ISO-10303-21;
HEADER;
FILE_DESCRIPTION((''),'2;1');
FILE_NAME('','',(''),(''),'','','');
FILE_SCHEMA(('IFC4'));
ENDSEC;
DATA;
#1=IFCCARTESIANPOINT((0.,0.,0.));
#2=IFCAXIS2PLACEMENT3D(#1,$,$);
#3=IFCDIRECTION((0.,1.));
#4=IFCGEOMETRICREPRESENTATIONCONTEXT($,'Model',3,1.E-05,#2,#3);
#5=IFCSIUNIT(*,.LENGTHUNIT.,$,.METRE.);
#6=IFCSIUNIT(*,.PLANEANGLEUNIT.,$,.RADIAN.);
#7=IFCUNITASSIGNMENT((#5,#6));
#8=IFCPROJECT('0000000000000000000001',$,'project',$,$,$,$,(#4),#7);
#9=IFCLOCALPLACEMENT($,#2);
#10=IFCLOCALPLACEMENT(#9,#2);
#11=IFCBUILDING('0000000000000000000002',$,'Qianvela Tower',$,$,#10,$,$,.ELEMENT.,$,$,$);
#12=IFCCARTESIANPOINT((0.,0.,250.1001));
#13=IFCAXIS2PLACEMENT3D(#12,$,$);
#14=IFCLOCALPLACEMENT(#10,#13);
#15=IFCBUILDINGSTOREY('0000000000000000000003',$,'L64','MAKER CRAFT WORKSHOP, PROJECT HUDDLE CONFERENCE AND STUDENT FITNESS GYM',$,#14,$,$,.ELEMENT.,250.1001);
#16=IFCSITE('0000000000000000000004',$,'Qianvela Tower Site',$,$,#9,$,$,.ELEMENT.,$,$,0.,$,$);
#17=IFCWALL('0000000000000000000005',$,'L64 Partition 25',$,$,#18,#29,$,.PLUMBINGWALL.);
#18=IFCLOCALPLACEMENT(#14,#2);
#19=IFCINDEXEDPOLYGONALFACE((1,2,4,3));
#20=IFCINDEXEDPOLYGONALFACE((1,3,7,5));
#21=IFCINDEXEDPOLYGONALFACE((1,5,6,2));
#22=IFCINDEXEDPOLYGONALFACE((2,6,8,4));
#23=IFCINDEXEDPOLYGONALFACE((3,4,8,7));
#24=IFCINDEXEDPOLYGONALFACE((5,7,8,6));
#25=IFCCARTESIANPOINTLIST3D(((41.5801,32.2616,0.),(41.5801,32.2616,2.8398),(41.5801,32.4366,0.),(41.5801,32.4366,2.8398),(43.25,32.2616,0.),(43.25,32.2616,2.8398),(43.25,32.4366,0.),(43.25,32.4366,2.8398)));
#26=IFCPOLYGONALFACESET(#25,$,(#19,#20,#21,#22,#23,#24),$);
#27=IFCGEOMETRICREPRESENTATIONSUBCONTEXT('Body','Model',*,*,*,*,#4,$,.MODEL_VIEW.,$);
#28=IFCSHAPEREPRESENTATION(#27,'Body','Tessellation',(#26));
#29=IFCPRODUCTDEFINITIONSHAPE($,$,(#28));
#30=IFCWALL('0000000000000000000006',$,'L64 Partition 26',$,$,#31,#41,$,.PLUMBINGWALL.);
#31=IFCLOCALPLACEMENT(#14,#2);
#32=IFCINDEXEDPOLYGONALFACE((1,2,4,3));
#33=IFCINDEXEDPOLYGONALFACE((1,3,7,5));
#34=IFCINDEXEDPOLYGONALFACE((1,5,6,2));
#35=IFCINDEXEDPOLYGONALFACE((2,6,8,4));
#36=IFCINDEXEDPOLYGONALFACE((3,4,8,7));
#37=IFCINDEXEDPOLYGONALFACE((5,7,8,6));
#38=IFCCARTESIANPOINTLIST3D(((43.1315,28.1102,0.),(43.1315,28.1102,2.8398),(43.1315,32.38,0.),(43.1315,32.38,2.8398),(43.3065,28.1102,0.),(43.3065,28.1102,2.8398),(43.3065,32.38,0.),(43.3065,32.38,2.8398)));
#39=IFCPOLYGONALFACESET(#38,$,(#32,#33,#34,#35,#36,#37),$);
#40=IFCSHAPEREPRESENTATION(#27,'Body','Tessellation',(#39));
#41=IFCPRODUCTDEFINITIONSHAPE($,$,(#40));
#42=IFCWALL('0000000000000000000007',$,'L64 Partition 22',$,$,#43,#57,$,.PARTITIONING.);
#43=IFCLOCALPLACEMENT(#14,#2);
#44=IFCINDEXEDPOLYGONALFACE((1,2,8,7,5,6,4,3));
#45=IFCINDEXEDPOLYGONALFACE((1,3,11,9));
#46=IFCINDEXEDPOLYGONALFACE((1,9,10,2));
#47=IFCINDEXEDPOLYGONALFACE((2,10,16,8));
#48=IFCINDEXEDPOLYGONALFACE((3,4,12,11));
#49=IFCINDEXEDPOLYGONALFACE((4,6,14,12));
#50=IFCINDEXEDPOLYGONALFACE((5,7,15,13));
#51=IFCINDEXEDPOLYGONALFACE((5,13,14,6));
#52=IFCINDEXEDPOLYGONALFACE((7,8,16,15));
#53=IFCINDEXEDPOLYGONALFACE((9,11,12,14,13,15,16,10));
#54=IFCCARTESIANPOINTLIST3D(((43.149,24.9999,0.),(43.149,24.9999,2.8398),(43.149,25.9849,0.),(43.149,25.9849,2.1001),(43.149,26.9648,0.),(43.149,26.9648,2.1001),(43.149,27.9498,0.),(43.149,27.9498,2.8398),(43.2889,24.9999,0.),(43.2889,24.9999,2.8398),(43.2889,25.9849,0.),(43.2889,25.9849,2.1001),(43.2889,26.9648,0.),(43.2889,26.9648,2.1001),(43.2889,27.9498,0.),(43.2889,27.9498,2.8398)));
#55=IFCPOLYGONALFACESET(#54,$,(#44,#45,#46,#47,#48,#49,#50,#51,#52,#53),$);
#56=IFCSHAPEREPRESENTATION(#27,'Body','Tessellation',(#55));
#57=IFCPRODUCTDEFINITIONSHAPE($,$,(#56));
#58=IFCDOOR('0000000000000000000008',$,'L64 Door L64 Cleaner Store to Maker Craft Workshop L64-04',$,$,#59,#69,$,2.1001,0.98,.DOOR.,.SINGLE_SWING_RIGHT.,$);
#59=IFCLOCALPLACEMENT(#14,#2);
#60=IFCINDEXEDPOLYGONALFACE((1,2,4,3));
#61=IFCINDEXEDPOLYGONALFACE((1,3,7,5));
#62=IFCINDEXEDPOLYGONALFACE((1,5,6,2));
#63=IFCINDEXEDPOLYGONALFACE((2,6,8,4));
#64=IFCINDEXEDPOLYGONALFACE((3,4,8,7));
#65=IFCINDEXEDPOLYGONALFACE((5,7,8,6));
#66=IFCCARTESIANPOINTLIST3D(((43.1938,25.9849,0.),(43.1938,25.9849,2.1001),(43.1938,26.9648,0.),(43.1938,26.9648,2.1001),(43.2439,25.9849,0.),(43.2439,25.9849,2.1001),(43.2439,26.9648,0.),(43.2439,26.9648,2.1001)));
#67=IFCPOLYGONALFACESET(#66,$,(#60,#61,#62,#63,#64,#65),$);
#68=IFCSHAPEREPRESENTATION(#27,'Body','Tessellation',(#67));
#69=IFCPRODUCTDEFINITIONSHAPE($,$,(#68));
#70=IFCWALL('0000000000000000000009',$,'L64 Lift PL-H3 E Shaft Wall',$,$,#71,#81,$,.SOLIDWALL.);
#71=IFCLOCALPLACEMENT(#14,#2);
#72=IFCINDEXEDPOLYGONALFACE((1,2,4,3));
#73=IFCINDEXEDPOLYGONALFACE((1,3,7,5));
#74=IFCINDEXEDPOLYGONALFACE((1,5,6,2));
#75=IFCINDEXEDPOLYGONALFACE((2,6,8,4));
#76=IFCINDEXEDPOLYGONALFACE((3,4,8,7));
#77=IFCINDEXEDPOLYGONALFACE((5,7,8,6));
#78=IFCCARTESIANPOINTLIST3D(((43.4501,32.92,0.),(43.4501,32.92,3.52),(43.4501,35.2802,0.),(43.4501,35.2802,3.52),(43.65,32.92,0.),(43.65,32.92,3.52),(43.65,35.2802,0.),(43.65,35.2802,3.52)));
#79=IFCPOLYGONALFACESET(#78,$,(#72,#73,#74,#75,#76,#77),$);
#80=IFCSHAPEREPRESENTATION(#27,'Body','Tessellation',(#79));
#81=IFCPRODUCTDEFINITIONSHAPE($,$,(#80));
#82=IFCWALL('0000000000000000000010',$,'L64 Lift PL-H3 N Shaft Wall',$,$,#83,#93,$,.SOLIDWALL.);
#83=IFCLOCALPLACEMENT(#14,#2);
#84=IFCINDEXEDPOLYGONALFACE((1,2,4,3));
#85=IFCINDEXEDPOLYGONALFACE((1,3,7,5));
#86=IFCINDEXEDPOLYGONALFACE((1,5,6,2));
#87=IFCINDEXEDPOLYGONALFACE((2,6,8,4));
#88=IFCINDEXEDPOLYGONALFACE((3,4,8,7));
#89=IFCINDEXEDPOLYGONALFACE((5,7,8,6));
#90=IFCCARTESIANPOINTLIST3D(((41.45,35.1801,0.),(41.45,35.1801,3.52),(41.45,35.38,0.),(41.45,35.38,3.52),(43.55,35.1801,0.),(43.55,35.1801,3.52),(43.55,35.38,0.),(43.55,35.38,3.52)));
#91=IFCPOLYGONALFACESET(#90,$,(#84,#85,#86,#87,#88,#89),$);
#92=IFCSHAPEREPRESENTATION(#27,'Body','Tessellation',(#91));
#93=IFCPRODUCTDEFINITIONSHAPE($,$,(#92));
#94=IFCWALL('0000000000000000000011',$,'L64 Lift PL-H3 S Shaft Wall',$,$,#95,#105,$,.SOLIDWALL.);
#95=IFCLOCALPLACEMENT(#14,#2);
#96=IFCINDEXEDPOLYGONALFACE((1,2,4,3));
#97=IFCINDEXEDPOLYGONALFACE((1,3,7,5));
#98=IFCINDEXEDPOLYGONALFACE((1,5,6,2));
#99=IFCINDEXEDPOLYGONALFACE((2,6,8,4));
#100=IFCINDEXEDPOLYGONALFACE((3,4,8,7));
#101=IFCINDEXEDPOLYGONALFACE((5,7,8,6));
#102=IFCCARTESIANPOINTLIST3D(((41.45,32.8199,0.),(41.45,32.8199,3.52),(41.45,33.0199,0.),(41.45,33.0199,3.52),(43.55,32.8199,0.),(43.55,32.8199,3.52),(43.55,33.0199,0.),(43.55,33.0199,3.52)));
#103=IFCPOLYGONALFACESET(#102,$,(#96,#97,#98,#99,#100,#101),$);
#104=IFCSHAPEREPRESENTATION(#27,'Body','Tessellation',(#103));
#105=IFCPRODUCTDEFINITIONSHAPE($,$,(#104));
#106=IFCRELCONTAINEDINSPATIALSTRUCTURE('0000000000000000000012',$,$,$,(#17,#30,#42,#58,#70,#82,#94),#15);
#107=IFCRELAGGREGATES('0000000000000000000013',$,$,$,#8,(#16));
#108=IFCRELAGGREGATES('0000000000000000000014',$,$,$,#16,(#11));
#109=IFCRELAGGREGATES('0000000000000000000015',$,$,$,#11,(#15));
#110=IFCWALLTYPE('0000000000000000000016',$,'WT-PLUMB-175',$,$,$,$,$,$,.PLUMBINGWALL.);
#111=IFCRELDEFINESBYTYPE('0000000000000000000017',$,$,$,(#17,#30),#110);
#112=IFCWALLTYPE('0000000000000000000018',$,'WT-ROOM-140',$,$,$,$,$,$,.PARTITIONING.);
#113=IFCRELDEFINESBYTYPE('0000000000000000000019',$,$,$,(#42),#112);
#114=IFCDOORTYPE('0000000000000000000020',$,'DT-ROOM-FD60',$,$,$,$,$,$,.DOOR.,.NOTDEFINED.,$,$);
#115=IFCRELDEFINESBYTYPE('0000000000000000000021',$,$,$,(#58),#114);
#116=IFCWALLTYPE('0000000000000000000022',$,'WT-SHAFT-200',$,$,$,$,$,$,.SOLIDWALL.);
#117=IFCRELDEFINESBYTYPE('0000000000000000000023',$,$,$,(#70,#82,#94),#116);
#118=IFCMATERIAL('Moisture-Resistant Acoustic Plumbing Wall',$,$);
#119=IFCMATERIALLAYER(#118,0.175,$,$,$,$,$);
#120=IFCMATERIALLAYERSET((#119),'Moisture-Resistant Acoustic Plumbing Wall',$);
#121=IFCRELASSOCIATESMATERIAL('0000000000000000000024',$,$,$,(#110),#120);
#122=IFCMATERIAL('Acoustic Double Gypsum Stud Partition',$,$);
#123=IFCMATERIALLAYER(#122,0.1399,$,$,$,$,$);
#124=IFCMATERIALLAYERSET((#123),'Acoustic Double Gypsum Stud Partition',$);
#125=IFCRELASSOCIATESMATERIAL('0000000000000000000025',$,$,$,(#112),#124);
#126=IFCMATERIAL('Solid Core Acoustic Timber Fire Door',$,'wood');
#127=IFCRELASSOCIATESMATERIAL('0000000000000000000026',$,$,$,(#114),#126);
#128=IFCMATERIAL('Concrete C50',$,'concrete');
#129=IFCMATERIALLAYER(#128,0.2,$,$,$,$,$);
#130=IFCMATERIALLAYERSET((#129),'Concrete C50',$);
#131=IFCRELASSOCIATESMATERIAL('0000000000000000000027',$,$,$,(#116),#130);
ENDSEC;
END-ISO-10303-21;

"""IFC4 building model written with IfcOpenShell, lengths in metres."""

from ifc_helpers import new_model, si_unit, direction, frame, frame_2d, origin, place, context, subcontext, project, spatial, rectangle, extrude, material, layer, layer_set, type_object, element, fill, save


model = new_model("IFC4")

# Units and contexts
model_context = context("Model", 3, precision=1e-05, world=origin(), true_north=direction((0.0, 1.0)))
body_context = subcontext(model_context, "Body", "Model", "MODEL_VIEW")
ifc_project = project(units=[si_unit("LENGTHUNIT", "METRE"), si_unit("PLANEANGLEUNIT", "RADIAN")], contexts=[model_context])

# Site, building, storey
site_placement = place(None, origin())
site = spatial("IfcSite", under=ifc_project, at=site_placement, Name="Qianvela Tower Site", CompositionType="ELEMENT", RefElevation=0.0)
building_placement = place(site_placement, origin())
building = spatial("IfcBuilding", under=site, at=building_placement, Name="Qianvela Tower", CompositionType="ELEMENT")
storey_placement = place(building_placement, frame((0.0, 0.0, 250.1001)))
storey = spatial("IfcBuildingStorey", under=building, at=storey_placement, Name="L64", Description="MAKER CRAFT WORKSHOP, PROJECT HUDDLE CONFERENCE AND STUDENT FITNESS GYM", CompositionType="ELEMENT", Elevation=250.1001)

# Walls
ifc_material_1 = material(Name="Moisture-Resistant Acoustic Plumbing Wall")
ifc_layer_1 = layer(ifc_material_1, 0.175)
ifc_layer_set_1 = layer_set([ifc_layer_1], Name="Moisture-Resistant Acoustic Plumbing Wall")
wall_type_1 = type_object("IfcWallType", Name="WT-PLUMB-175", PredefinedType="PLUMBINGWALL", material=ifc_layer_set_1)
wall_1_placement = place(storey_placement, frame((41.5801, 32.3491, 0.0), z_axis=(0.0, 0.0, 1.0), x_axis=(1.0, 0.0, 0.0)))
element("IfcWall", 1, at=wall_1_placement, inside=storey, type_object=wall_type_1, Name="L64 Partition 25", PredefinedType="PLUMBINGWALL", context=body_context, shape_type="SweptSolid", body=[
    extrude(rectangle(XDim=1.6699, YDim=0.175, at=frame_2d((0.835, 0.0))), origin(), (0.0, 0.0, 1.0), 2.8398),
])
wall_2_placement = place(storey_placement, frame((43.219, 32.3799, 0.0), z_axis=(0.0, 0.0, 1.0), x_axis=(0.0, -1.0, 0.0)))
element("IfcWall", 2, at=wall_2_placement, inside=storey, type_object=wall_type_1, Name="L64 Partition 26", PredefinedType="PLUMBINGWALL", context=body_context, shape_type="SweptSolid", body=[
    extrude(rectangle(XDim=4.2698, YDim=0.175, at=frame_2d((2.1348, 0.0))), origin(), (0.0, 0.0, 1.0), 2.8398),
])

# Wall, opening, door
ifc_material_2 = material(Name="Acoustic Double Gypsum Stud Partition")
ifc_layer_2 = layer(ifc_material_2, 0.1399)
ifc_layer_set_2 = layer_set([ifc_layer_2], Name="Acoustic Double Gypsum Stud Partition")
wall_type_2 = type_object("IfcWallType", Name="WT-ROOM-140", PredefinedType="PARTITIONING", material=ifc_layer_set_2)
wall_3_placement = place(storey_placement, frame((43.219, 27.95, 0.0), z_axis=(0.0, 0.0, 1.0), x_axis=(0.0, -1.0, 0.0)))
wall_3 = element("IfcWall", 3, at=wall_3_placement, inside=storey, type_object=wall_type_2, Name="L64 Partition 22", PredefinedType="PARTITIONING", context=body_context, shape_type="SweptSolid", body=[
    extrude(rectangle(XDim=2.95, YDim=0.1399, at=frame_2d((1.4751, 0.0))), origin(), (0.0, 0.0, 1.0), 2.8398),
])
opening_1_placement = place(wall_3_placement, frame((0.9851, 0.0, 0.0)))
opening_1 = element("IfcOpeningElement", 4, at=opening_1_placement, cuts=wall_3, PredefinedType="OPENING", context=body_context, shape_type="SweptSolid", body=[
    extrude(rectangle(XDim=0.98, YDim=2.1001, at=frame_2d((0.49, 1.05))), frame((0.0, 0.0798, 0.0), z_axis=(0.0, -1.0, 0.0), x_axis=(1.0, 0.0, 0.0)), (0.0, 0.0, 1.0), 0.1599),
])
ifc_material_3 = material(Name="Solid Core Acoustic Timber Fire Door", Category="wood")
door_type_1 = type_object("IfcDoorType", Name="DT-ROOM-FD60", OperationType="NOTDEFINED", PredefinedType="DOOR", material=ifc_material_3)
door_1_placement = place(opening_1_placement, origin())
door_1 = element("IfcDoor", 5, at=door_1_placement, inside=storey, type_object=door_type_1, Name="L64 Door L64 Cleaner Store to Maker Craft Workshop L64-04", OperationType="SINGLE_SWING_RIGHT", OverallHeight=2.1001, OverallWidth=0.98, PredefinedType="DOOR", context=body_context, shape_type="SweptSolid", body=[
    extrude(rectangle(XDim=0.98, YDim=2.1001, at=frame_2d((0.49, 1.05))), frame((0.0, 0.0249, 0.0), z_axis=(0.0, -1.0, 0.0), x_axis=(1.0, 0.0, 0.0)), (0.0, 0.0, 1.0), 0.05),
])
fill(opening_1, door_1)

# Wall
ifc_material_4 = material(Name="Concrete C50", Category="concrete")
ifc_layer_3 = layer(ifc_material_4, 0.2)
ifc_layer_set_3 = layer_set([ifc_layer_3], Name="Concrete C50")
wall_type_3 = type_object("IfcWallType", Name="WT-SHAFT-200", PredefinedType="SOLIDWALL", material=ifc_layer_set_3)
wall_4_placement = place(storey_placement, frame((43.55, 32.9199, 0.0), z_axis=(0.0, 0.0, 1.0), x_axis=(0.0, 1.0, 0.0)))
element("IfcWall", 6, at=wall_4_placement, inside=storey, type_object=wall_type_3, Name="L64 Lift PL-H3 E Shaft Wall", PredefinedType="SOLIDWALL", context=body_context, shape_type="SweptSolid", body=[
    extrude(rectangle(XDim=2.3601, YDim=0.2, at=frame_2d((1.1802, 0.0))), origin(), (0.0, 0.0, 1.0), 3.52),
])

# Walls
for number, where, z_axis, x_axis, name in (
    (7, (41.45, 35.28, 0.0), (0.0, 0.0, 1.0), (1.0, 0.0, 0.0), "L64 Lift PL-H3 N Shaft Wall"),
    (8, (41.45, 32.9199, 0.0), (0.0, 0.0, 1.0), (1.0, 0.0, 0.0), "L64 Lift PL-H3 S Shaft Wall"),
):
    element("IfcWall", number, at=place(storey_placement, frame(where, z_axis=z_axis, x_axis=x_axis)), inside=storey, type_object=wall_type_3, Name=name, PredefinedType="SOLIDWALL", context=body_context, shape_type="SweptSolid", body=[
        extrude(rectangle(XDim=2.1001, YDim=0.2, at=frame_2d((1.05, 0.0))), origin(), (0.0, 0.0, 1.0), 3.52),
    ])

save(model, "model.ifc")
